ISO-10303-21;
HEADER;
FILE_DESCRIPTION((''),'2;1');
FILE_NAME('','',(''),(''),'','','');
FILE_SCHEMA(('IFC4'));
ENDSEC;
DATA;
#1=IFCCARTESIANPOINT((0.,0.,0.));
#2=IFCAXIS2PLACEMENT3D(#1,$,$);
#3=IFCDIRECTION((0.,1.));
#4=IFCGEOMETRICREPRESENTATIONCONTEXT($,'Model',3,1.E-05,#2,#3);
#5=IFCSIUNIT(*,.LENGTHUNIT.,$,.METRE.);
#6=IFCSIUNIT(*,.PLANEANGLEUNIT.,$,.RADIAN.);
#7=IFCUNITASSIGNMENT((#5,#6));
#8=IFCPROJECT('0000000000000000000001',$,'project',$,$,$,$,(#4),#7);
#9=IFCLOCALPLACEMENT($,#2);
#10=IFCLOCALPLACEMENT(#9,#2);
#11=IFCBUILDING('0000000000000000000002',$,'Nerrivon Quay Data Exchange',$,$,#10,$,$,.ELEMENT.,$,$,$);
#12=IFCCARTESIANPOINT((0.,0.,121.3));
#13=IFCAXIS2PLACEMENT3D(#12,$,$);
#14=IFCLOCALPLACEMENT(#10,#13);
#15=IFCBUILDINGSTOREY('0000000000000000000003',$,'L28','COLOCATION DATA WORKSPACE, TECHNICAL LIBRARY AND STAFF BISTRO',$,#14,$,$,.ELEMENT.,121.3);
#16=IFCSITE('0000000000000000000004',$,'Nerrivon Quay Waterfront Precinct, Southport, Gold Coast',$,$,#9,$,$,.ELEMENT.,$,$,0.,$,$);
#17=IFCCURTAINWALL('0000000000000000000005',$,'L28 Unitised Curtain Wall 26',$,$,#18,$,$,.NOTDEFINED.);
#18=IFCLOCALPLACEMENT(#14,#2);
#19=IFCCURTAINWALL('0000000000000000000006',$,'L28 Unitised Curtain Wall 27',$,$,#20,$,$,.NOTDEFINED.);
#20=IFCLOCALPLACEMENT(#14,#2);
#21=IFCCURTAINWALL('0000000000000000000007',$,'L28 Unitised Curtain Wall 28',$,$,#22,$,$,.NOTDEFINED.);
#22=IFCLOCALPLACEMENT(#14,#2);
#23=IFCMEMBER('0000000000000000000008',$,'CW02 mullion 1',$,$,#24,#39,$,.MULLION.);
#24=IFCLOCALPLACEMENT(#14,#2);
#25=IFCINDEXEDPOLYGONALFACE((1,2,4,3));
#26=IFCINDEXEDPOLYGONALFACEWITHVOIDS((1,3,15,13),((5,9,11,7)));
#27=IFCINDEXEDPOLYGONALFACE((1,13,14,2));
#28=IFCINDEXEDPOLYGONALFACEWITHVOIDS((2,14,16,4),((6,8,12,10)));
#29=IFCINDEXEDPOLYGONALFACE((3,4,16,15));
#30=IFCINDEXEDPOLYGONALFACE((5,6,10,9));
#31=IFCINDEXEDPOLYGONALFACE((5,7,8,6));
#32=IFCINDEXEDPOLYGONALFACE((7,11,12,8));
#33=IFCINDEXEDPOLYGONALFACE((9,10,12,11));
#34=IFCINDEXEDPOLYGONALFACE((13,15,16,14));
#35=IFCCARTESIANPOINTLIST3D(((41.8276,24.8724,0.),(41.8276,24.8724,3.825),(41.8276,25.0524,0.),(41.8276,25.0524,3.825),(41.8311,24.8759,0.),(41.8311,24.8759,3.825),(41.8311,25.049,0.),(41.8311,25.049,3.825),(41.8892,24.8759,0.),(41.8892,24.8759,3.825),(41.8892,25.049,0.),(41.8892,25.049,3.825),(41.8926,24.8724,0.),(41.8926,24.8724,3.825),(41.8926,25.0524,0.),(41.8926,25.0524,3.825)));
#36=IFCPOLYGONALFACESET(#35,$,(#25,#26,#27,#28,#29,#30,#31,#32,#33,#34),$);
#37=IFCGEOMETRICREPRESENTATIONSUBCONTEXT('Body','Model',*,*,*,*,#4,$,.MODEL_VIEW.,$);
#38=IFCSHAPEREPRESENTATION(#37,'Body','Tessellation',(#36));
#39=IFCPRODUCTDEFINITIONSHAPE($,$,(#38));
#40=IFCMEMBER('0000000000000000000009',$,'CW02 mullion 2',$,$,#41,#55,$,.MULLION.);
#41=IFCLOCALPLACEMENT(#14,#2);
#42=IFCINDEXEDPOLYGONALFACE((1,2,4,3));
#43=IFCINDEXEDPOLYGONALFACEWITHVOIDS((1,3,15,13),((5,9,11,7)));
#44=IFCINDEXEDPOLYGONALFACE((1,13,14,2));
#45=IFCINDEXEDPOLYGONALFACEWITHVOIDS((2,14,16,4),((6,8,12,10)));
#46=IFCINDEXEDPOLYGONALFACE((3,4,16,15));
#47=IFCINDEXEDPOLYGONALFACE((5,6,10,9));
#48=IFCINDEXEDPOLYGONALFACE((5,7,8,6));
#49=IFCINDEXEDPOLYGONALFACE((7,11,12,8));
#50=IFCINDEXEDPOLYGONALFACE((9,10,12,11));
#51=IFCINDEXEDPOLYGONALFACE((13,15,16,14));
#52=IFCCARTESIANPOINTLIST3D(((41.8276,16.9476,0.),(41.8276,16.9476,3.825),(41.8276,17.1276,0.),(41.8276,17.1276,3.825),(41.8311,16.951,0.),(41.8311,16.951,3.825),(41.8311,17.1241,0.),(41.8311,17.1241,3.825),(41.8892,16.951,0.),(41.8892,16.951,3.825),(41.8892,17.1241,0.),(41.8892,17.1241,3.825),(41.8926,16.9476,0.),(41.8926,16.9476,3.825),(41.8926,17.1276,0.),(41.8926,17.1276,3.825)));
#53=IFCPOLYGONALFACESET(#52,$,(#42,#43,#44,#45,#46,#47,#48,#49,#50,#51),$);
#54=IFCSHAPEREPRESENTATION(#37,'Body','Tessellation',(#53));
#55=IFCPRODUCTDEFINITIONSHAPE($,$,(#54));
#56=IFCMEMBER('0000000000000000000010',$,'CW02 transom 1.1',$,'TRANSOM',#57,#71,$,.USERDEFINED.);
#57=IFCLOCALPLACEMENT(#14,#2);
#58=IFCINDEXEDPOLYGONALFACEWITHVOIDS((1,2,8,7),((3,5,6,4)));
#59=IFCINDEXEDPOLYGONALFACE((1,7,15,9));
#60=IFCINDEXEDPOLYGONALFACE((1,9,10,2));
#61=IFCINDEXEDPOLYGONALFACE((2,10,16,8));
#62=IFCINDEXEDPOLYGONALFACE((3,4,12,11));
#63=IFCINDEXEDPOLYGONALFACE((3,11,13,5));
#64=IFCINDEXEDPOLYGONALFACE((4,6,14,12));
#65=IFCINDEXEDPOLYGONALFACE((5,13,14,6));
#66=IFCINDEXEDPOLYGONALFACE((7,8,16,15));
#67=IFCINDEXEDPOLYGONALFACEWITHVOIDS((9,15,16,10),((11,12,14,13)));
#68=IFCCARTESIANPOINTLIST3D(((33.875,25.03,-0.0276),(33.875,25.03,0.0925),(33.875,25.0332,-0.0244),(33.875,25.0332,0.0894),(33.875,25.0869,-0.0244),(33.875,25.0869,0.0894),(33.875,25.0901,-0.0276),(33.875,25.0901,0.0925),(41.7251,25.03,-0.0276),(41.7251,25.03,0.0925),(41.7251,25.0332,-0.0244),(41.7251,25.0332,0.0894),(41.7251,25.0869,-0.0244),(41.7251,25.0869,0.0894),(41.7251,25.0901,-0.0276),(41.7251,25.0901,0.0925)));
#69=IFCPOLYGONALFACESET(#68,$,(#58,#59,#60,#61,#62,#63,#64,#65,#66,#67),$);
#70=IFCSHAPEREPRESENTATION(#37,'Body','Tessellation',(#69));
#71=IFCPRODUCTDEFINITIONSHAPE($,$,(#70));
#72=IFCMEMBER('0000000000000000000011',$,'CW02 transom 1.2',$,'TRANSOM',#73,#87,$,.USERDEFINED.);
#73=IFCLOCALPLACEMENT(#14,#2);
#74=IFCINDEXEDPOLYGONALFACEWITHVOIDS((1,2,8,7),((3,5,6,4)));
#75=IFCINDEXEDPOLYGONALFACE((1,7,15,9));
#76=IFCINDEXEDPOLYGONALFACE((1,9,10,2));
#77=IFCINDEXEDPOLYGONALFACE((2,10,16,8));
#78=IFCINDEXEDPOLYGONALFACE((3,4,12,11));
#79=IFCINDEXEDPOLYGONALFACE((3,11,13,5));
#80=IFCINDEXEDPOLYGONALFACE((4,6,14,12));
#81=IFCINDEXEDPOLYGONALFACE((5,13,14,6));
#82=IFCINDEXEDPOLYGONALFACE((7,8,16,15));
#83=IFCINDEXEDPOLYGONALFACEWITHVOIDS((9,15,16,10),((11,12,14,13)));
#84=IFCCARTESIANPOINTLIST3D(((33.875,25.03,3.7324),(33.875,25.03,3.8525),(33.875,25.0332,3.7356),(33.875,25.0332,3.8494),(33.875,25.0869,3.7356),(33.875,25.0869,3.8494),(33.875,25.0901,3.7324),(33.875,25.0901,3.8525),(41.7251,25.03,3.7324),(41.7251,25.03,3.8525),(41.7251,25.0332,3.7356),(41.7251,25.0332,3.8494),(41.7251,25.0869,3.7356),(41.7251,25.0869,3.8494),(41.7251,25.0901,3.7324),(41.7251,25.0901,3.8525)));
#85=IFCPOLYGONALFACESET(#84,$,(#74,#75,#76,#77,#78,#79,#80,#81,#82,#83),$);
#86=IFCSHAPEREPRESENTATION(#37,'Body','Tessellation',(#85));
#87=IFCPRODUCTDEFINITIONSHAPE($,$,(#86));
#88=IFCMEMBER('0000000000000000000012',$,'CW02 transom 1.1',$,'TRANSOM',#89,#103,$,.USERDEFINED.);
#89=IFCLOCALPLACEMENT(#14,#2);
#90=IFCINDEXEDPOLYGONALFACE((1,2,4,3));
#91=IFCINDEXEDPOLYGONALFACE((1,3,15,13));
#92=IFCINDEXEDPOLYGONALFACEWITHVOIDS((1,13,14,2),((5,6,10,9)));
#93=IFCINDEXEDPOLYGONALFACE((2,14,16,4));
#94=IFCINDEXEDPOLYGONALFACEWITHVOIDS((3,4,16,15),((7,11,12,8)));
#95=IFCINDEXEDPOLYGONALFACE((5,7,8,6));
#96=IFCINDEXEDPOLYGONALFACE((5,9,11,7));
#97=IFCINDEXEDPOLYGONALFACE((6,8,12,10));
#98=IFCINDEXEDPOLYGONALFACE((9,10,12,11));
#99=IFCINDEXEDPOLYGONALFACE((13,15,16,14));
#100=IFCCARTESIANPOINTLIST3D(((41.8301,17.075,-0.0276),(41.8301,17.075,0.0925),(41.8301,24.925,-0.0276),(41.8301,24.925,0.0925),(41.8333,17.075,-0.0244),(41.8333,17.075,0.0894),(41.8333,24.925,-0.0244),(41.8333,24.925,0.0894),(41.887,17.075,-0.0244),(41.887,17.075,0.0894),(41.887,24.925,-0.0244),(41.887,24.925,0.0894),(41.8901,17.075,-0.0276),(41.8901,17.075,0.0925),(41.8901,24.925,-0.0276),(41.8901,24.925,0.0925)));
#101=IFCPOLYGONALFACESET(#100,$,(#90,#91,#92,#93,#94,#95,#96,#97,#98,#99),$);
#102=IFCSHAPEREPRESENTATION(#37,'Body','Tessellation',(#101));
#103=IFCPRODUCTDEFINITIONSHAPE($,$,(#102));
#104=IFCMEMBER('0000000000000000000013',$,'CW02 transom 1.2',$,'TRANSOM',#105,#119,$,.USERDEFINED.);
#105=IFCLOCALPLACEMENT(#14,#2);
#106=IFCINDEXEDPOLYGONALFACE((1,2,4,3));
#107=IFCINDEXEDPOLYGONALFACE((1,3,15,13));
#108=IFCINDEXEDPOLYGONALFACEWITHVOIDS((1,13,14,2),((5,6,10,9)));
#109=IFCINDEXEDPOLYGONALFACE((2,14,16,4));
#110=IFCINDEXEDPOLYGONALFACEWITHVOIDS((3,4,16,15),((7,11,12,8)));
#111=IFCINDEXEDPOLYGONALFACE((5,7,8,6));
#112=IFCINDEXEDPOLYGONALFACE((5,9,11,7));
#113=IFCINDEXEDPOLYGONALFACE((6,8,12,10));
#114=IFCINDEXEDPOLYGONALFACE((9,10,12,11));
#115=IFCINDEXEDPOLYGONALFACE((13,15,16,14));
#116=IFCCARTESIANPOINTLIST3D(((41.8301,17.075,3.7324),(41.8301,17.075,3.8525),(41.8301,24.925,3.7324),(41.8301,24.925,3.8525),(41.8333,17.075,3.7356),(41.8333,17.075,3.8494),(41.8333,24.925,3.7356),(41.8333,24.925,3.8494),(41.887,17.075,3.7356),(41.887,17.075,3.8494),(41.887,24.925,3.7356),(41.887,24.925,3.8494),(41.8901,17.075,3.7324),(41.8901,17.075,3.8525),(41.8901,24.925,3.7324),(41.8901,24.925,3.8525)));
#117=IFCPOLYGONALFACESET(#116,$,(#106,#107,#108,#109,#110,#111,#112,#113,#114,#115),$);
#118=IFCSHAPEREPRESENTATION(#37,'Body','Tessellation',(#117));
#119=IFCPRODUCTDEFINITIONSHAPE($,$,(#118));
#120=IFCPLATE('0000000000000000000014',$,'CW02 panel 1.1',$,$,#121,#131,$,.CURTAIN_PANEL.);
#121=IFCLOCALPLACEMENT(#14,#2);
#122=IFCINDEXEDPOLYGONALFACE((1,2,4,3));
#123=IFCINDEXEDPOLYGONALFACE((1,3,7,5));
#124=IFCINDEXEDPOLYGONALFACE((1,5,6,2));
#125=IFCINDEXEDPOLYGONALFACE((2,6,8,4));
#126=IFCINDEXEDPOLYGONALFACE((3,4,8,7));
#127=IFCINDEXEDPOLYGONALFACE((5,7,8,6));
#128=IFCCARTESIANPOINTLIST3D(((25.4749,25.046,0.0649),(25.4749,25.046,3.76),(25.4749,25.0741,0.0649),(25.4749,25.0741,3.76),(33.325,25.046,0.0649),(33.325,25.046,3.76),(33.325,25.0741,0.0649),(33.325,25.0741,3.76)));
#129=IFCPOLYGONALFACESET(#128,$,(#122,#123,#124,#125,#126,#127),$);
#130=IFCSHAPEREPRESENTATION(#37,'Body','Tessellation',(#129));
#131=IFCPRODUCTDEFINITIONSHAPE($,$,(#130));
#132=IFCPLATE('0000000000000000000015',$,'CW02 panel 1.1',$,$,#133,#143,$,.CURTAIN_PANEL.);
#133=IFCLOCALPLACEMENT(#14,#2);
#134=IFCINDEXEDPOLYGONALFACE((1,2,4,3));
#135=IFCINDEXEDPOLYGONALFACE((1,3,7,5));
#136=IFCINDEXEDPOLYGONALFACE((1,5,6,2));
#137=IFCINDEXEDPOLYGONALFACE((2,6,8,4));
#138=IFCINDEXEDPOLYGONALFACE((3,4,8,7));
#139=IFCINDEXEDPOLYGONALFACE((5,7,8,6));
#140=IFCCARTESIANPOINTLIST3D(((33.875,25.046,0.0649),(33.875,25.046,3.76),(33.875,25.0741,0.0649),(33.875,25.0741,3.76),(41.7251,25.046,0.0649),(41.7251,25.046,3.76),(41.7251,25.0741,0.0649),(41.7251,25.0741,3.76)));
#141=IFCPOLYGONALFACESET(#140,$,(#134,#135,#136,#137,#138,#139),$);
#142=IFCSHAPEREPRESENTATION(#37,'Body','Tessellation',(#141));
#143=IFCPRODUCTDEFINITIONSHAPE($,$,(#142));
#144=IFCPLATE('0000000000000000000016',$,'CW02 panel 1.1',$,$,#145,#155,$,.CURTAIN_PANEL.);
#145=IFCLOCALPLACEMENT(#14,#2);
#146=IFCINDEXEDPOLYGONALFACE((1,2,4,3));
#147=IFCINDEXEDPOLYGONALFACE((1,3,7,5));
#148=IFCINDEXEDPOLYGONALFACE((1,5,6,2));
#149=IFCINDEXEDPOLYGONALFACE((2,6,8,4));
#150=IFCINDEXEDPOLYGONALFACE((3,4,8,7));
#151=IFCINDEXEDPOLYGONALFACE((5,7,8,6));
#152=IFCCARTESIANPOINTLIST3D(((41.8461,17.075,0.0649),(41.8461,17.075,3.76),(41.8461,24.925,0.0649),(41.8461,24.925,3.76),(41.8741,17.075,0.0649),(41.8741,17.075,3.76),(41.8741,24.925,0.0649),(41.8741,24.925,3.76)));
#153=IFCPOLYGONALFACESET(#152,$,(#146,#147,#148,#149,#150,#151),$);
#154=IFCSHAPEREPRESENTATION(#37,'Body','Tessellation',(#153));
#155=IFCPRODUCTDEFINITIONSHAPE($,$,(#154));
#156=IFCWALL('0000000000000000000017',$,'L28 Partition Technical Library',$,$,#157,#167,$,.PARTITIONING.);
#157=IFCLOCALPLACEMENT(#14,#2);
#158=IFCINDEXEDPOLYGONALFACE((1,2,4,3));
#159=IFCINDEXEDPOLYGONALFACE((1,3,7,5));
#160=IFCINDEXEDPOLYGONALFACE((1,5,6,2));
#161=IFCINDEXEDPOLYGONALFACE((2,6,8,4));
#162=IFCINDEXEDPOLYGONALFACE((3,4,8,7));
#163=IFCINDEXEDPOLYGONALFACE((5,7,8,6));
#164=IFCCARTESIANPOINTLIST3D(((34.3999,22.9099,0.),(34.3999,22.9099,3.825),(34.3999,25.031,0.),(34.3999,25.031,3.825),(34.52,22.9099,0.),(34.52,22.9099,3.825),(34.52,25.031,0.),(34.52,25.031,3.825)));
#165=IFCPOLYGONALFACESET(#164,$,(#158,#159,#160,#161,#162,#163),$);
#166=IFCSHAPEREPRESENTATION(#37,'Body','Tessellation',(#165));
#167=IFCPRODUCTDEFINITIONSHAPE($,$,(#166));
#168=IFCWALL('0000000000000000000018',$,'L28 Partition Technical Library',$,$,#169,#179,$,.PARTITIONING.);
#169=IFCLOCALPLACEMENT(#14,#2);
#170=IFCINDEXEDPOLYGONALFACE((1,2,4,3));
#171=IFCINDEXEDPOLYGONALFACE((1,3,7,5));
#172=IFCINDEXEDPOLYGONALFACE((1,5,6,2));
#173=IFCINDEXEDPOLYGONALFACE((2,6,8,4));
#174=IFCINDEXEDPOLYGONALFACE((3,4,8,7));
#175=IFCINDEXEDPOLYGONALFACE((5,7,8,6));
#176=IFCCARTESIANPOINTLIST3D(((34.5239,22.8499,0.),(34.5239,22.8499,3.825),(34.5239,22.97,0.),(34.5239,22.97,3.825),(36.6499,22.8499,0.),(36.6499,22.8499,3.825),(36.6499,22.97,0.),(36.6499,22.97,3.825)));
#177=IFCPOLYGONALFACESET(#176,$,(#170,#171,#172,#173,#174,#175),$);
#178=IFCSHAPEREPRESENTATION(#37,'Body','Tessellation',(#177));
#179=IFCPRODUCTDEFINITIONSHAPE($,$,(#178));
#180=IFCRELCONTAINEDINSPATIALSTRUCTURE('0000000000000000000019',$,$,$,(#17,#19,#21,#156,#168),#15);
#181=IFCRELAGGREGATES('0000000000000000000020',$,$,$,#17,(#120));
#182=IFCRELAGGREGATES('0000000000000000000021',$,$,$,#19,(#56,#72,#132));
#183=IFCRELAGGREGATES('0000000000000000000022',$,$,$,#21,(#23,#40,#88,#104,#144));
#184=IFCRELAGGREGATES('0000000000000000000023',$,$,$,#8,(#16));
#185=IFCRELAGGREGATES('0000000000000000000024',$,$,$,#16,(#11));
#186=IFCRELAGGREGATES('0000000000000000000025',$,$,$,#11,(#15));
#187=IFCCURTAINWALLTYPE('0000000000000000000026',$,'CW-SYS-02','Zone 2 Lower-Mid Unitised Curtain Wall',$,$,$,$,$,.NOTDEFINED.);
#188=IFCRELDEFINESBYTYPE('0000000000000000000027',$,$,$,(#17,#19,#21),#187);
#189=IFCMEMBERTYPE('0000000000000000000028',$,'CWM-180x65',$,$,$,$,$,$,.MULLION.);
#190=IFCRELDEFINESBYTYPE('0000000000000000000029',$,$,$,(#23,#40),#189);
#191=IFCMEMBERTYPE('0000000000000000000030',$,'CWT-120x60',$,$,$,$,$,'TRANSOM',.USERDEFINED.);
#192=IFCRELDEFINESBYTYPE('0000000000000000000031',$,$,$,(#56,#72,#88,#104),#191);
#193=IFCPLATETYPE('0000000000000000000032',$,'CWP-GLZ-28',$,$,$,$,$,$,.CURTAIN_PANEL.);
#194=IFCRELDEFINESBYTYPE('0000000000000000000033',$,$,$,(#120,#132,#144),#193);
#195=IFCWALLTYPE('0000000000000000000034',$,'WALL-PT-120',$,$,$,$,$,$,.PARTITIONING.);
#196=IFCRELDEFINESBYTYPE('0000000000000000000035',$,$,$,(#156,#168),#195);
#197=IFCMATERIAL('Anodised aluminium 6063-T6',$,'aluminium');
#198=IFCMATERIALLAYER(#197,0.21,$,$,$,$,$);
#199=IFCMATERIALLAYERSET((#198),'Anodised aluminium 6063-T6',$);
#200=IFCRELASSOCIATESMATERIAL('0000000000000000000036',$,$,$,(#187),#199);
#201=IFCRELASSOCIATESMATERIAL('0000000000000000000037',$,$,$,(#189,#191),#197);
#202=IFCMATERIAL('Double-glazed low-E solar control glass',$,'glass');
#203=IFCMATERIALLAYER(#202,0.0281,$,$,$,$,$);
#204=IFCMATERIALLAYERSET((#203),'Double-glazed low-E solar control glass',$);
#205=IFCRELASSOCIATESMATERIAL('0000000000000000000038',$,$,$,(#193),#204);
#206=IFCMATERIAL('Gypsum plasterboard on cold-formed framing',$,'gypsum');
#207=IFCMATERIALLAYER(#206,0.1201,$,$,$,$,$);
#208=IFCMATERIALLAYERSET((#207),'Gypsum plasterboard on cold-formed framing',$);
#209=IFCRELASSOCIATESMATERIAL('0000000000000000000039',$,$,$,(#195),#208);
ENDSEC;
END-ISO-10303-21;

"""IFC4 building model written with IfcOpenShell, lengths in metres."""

from ifc_helpers import new_model, si_unit, direction, frame, frame_2d, origin, origin_2d, place, context, subcontext, project, spatial, rectangle, hollow_rectangle, extrude, material, layer, layer_set, material_profile, profile_set, type_object, element, aggregate, save


model = new_model("IFC4")

# Units and contexts
model_context = context("Model", 3, precision=1e-05, world=origin(), true_north=direction((0.0, 1.0)))
body_context = subcontext(model_context, "Body", "Model", "MODEL_VIEW")
ifc_project = project(units=[si_unit("LENGTHUNIT", "METRE"), si_unit("PLANEANGLEUNIT", "RADIAN")], contexts=[model_context])

# Site, building, storey
site_placement = place(None, origin())
site = spatial("IfcSite", under=ifc_project, at=site_placement, Name="Nerrivon Quay Waterfront Precinct, Southport, Gold Coast", CompositionType="ELEMENT", RefElevation=0.0)
building_placement = place(site_placement, origin())
building = spatial("IfcBuilding", under=site, at=building_placement, Name="Nerrivon Quay Data Exchange", CompositionType="ELEMENT")
storey_placement = place(building_placement, frame((0.0, 0.0, 121.3)))
storey = spatial("IfcBuildingStorey", under=building, at=storey_placement, Name="L28", Description="COLOCATION DATA WORKSPACE, TECHNICAL LIBRARY AND STAFF BISTRO", CompositionType="ELEMENT", Elevation=121.3)

# Curtain wall
ifc_material_1 = material(Name="Anodised aluminium 6063-T6", Category="aluminium")
ifc_layer_1 = layer(ifc_material_1, 0.21)
ifc_layer_set_1 = layer_set([ifc_layer_1], Name="Anodised aluminium 6063-T6")
curtain_wall_type = type_object("IfcCurtainWallType", Name="CW-SYS-02", Description="Zone 2 Lower-Mid Unitised Curtain Wall", PredefinedType="NOTDEFINED", material=ifc_layer_set_1)
curtain_wall_1_placement = place(storey_placement, origin())
curtain_wall_1 = element("IfcCurtainWall", 1, at=curtain_wall_1_placement, inside=storey, type_object=curtain_wall_type, Name="L28 Unitised Curtain Wall 26", PredefinedType="NOTDEFINED")
ifc_material_profile_1 = material_profile(ifc_material_1, hollow_rectangle(XDim=0.0649, YDim=0.1799, WallThickness=0.0034, at=origin_2d()), Name="ALU-MULL-180x65")
ifc_profile_set_1 = profile_set([ifc_material_profile_1], Name="Anodised aluminium 6063-T6")
member_type_1 = type_object("IfcMemberType", Name="CWM-180x65", PredefinedType="MULLION", material=ifc_profile_set_1)

# Curtain walls, members
curtain_wall_2_placement = place(storey_placement, origin())
curtain_wall_2 = element("IfcCurtainWall", 2, at=curtain_wall_2_placement, inside=storey, type_object=curtain_wall_type, Name="L28 Unitised Curtain Wall 27", PredefinedType="NOTDEFINED")
curtain_wall_3_placement = place(storey_placement, origin())
curtain_wall_3 = element("IfcCurtainWall", 3, at=curtain_wall_3_placement, inside=storey, type_object=curtain_wall_type, Name="L28 Unitised Curtain Wall 28", PredefinedType="NOTDEFINED")
member_1_placement = place(storey_placement, frame((41.8601, 24.9624, 0.0), z_axis=(0.0, 0.0, 1.0), x_axis=(1.0, 0.0, 0.0)))
member_1 = element("IfcMember", 4, at=member_1_placement, type_object=member_type_1, Name="CW02 mullion 1", PredefinedType="MULLION", context=body_context, shape_type="SweptSolid", body=[
    extrude(hollow_rectangle(XDim=0.0649, YDim=0.1799, WallThickness=0.0034, at=origin_2d()), origin(), (0.0, 0.0, 1.0), 3.825),
])
member_2_placement = place(storey_placement, frame((41.8601, 17.0376, 0.0), z_axis=(0.0, 0.0, 1.0), x_axis=(1.0, 0.0, 0.0)))
member_2 = element("IfcMember", 5, at=member_2_placement, type_object=member_type_1, Name="CW02 mullion 2", PredefinedType="MULLION", context=body_context, shape_type="SweptSolid", body=[
    extrude(hollow_rectangle(XDim=0.0649, YDim=0.1799, WallThickness=0.0034, at=origin_2d()), origin(), (0.0, 0.0, 1.0), 3.825),
])

# Members
ifc_material_profile_2 = material_profile(ifc_material_1, hollow_rectangle(XDim=0.0601, YDim=0.1201, WallThickness=0.0032, at=origin_2d()), Name="ALU-TRAN-120x60")
ifc_profile_set_2 = profile_set([ifc_material_profile_2], Name="Anodised aluminium 6063-T6")
member_type_2 = type_object("IfcMemberType", Name="CWT-120x60", ElementType="TRANSOM", PredefinedType="USERDEFINED", material=ifc_profile_set_2)
member_3_placement = place(storey_placement, frame((33.875, 25.0601, 0.0325), z_axis=(1.0, 0.0, 0.0), x_axis=(0.0, 1.0, 0.0)))
member_3 = element("IfcMember", 6, at=member_3_placement, type_object=member_type_2, Name="CW02 transom 1.1", ObjectType="TRANSOM", PredefinedType="USERDEFINED", context=body_context, shape_type="SweptSolid", body=[
    extrude(hollow_rectangle(XDim=0.0601, YDim=0.1201, WallThickness=0.0032, at=origin_2d()), origin(), (0.0, 0.0, 1.0), 7.8501),
])
member_4_placement = place(storey_placement, frame((33.875, 25.0601, 3.7925), z_axis=(1.0, 0.0, 0.0), x_axis=(0.0, 1.0, 0.0)))
member_4 = element("IfcMember", 7, at=member_4_placement, type_object=member_type_2, Name="CW02 transom 1.2", ObjectType="TRANSOM", PredefinedType="USERDEFINED", context=body_context, shape_type="SweptSolid", body=[
    extrude(hollow_rectangle(XDim=0.0601, YDim=0.1201, WallThickness=0.0032, at=origin_2d()), origin(), (0.0, 0.0, 1.0), 7.8501),
])
member_5_placement = place(storey_placement, frame((41.8601, 24.925, 0.0325), z_axis=(0.0, -1.0, 0.0), x_axis=(1.0, 0.0, 0.0)))
member_5 = element("IfcMember", 8, at=member_5_placement, type_object=member_type_2, Name="CW02 transom 1.1", ObjectType="TRANSOM", PredefinedType="USERDEFINED", context=body_context, shape_type="SweptSolid", body=[
    extrude(hollow_rectangle(XDim=0.0601, YDim=0.1201, WallThickness=0.0032, at=origin_2d()), origin(), (0.0, 0.0, 1.0), 7.8501),
])
member_6_placement = place(storey_placement, frame((41.8601, 24.925, 3.7925), z_axis=(0.0, -1.0, 0.0), x_axis=(1.0, 0.0, 0.0)))
member_6 = element("IfcMember", 9, at=member_6_placement, type_object=member_type_2, Name="CW02 transom 1.2", ObjectType="TRANSOM", PredefinedType="USERDEFINED", context=body_context, shape_type="SweptSolid", body=[
    extrude(hollow_rectangle(XDim=0.0601, YDim=0.1201, WallThickness=0.0032, at=origin_2d()), origin(), (0.0, 0.0, 1.0), 7.8501),
])

# Plates
ifc_material_2 = material(Name="Double-glazed low-E solar control glass", Category="glass")
ifc_layer_2 = layer(ifc_material_2, 0.0281)
ifc_layer_set_2 = layer_set([ifc_layer_2], Name="Double-glazed low-E solar control glass")
plate_type = type_object("IfcPlateType", Name="CWP-GLZ-28", PredefinedType="CURTAIN_PANEL", material=ifc_layer_set_2)
plate_1_placement = place(storey_placement, frame((29.3999, 25.0601, 0.0649), z_axis=(0.0, 0.0, 1.0), x_axis=(1.0, 0.0, 0.0)))
plate_1 = element("IfcPlate", 10, at=plate_1_placement, type_object=plate_type, Name="CW02 panel 1.1", PredefinedType="CURTAIN_PANEL", context=body_context, shape_type="SweptSolid", body=[
    extrude(rectangle(XDim=7.8501, YDim=0.0281, at=origin_2d()), origin(), (0.0, 0.0, 1.0), 3.6951),
])
aggregate(curtain_wall_1, [plate_1])
plate_2_placement = place(storey_placement, frame((37.8, 25.0601, 0.0649), z_axis=(0.0, 0.0, 1.0), x_axis=(1.0, 0.0, 0.0)))
plate_2 = element("IfcPlate", 11, at=plate_2_placement, type_object=plate_type, Name="CW02 panel 1.1", PredefinedType="CURTAIN_PANEL", context=body_context, shape_type="SweptSolid", body=[
    extrude(rectangle(XDim=7.8501, YDim=0.0281, at=origin_2d()), origin(), (0.0, 0.0, 1.0), 3.6951),
])
aggregate(curtain_wall_2, [member_3, member_4, plate_2])
plate_3_placement = place(storey_placement, frame((41.8601, 21.0, 0.0649), z_axis=(0.0, 0.0, 1.0), x_axis=(0.0, -1.0, 0.0)))
plate_3 = element("IfcPlate", 12, at=plate_3_placement, type_object=plate_type, Name="CW02 panel 1.1", PredefinedType="CURTAIN_PANEL", context=body_context, shape_type="SweptSolid", body=[
    extrude(rectangle(XDim=7.8501, YDim=0.0281, at=origin_2d()), origin(), (0.0, 0.0, 1.0), 3.6951),
])
aggregate(curtain_wall_3, [member_1, member_2, member_5, member_6, plate_3])

# Walls
ifc_material_3 = material(Name="Gypsum plasterboard on cold-formed framing", Category="gypsum")
ifc_layer_3 = layer(ifc_material_3, 0.1201)
ifc_layer_set_3 = layer_set([ifc_layer_3], Name="Gypsum plasterboard on cold-formed framing")
wall_type_1 = type_object("IfcWallType", Name="WALL-PT-120", PredefinedType="PARTITIONING", material=ifc_layer_set_3)
wall_1_placement = place(storey_placement, frame((34.46, 25.031, 0.0), z_axis=(0.0, 0.0, 1.0), x_axis=(0.0, -1.0, 0.0)))
element("IfcWall", 13, at=wall_1_placement, inside=storey, type_object=wall_type_1, Name="L28 Partition Technical Library", PredefinedType="PARTITIONING", context=body_context, shape_type="SweptSolid", body=[
    extrude(rectangle(XDim=2.1211, YDim=0.1201, at=frame_2d((1.0605, 0.0))), origin(), (0.0, 0.0, 1.0), 3.825),
])
wall_2_placement = place(storey_placement, frame((34.5239, 22.9099, 0.0), z_axis=(0.0, 0.0, 1.0), x_axis=(1.0, 0.0, 0.0)))
element("IfcWall", 14, at=wall_2_placement, inside=storey, type_object=wall_type_1, Name="L28 Partition Technical Library", PredefinedType="PARTITIONING", context=body_context, shape_type="SweptSolid", body=[
    extrude(rectangle(XDim=2.126, YDim=0.1201, at=frame_2d((1.063, 0.0))), origin(), (0.0, 0.0, 1.0), 3.825),
])

save(model, "model.ifc")
